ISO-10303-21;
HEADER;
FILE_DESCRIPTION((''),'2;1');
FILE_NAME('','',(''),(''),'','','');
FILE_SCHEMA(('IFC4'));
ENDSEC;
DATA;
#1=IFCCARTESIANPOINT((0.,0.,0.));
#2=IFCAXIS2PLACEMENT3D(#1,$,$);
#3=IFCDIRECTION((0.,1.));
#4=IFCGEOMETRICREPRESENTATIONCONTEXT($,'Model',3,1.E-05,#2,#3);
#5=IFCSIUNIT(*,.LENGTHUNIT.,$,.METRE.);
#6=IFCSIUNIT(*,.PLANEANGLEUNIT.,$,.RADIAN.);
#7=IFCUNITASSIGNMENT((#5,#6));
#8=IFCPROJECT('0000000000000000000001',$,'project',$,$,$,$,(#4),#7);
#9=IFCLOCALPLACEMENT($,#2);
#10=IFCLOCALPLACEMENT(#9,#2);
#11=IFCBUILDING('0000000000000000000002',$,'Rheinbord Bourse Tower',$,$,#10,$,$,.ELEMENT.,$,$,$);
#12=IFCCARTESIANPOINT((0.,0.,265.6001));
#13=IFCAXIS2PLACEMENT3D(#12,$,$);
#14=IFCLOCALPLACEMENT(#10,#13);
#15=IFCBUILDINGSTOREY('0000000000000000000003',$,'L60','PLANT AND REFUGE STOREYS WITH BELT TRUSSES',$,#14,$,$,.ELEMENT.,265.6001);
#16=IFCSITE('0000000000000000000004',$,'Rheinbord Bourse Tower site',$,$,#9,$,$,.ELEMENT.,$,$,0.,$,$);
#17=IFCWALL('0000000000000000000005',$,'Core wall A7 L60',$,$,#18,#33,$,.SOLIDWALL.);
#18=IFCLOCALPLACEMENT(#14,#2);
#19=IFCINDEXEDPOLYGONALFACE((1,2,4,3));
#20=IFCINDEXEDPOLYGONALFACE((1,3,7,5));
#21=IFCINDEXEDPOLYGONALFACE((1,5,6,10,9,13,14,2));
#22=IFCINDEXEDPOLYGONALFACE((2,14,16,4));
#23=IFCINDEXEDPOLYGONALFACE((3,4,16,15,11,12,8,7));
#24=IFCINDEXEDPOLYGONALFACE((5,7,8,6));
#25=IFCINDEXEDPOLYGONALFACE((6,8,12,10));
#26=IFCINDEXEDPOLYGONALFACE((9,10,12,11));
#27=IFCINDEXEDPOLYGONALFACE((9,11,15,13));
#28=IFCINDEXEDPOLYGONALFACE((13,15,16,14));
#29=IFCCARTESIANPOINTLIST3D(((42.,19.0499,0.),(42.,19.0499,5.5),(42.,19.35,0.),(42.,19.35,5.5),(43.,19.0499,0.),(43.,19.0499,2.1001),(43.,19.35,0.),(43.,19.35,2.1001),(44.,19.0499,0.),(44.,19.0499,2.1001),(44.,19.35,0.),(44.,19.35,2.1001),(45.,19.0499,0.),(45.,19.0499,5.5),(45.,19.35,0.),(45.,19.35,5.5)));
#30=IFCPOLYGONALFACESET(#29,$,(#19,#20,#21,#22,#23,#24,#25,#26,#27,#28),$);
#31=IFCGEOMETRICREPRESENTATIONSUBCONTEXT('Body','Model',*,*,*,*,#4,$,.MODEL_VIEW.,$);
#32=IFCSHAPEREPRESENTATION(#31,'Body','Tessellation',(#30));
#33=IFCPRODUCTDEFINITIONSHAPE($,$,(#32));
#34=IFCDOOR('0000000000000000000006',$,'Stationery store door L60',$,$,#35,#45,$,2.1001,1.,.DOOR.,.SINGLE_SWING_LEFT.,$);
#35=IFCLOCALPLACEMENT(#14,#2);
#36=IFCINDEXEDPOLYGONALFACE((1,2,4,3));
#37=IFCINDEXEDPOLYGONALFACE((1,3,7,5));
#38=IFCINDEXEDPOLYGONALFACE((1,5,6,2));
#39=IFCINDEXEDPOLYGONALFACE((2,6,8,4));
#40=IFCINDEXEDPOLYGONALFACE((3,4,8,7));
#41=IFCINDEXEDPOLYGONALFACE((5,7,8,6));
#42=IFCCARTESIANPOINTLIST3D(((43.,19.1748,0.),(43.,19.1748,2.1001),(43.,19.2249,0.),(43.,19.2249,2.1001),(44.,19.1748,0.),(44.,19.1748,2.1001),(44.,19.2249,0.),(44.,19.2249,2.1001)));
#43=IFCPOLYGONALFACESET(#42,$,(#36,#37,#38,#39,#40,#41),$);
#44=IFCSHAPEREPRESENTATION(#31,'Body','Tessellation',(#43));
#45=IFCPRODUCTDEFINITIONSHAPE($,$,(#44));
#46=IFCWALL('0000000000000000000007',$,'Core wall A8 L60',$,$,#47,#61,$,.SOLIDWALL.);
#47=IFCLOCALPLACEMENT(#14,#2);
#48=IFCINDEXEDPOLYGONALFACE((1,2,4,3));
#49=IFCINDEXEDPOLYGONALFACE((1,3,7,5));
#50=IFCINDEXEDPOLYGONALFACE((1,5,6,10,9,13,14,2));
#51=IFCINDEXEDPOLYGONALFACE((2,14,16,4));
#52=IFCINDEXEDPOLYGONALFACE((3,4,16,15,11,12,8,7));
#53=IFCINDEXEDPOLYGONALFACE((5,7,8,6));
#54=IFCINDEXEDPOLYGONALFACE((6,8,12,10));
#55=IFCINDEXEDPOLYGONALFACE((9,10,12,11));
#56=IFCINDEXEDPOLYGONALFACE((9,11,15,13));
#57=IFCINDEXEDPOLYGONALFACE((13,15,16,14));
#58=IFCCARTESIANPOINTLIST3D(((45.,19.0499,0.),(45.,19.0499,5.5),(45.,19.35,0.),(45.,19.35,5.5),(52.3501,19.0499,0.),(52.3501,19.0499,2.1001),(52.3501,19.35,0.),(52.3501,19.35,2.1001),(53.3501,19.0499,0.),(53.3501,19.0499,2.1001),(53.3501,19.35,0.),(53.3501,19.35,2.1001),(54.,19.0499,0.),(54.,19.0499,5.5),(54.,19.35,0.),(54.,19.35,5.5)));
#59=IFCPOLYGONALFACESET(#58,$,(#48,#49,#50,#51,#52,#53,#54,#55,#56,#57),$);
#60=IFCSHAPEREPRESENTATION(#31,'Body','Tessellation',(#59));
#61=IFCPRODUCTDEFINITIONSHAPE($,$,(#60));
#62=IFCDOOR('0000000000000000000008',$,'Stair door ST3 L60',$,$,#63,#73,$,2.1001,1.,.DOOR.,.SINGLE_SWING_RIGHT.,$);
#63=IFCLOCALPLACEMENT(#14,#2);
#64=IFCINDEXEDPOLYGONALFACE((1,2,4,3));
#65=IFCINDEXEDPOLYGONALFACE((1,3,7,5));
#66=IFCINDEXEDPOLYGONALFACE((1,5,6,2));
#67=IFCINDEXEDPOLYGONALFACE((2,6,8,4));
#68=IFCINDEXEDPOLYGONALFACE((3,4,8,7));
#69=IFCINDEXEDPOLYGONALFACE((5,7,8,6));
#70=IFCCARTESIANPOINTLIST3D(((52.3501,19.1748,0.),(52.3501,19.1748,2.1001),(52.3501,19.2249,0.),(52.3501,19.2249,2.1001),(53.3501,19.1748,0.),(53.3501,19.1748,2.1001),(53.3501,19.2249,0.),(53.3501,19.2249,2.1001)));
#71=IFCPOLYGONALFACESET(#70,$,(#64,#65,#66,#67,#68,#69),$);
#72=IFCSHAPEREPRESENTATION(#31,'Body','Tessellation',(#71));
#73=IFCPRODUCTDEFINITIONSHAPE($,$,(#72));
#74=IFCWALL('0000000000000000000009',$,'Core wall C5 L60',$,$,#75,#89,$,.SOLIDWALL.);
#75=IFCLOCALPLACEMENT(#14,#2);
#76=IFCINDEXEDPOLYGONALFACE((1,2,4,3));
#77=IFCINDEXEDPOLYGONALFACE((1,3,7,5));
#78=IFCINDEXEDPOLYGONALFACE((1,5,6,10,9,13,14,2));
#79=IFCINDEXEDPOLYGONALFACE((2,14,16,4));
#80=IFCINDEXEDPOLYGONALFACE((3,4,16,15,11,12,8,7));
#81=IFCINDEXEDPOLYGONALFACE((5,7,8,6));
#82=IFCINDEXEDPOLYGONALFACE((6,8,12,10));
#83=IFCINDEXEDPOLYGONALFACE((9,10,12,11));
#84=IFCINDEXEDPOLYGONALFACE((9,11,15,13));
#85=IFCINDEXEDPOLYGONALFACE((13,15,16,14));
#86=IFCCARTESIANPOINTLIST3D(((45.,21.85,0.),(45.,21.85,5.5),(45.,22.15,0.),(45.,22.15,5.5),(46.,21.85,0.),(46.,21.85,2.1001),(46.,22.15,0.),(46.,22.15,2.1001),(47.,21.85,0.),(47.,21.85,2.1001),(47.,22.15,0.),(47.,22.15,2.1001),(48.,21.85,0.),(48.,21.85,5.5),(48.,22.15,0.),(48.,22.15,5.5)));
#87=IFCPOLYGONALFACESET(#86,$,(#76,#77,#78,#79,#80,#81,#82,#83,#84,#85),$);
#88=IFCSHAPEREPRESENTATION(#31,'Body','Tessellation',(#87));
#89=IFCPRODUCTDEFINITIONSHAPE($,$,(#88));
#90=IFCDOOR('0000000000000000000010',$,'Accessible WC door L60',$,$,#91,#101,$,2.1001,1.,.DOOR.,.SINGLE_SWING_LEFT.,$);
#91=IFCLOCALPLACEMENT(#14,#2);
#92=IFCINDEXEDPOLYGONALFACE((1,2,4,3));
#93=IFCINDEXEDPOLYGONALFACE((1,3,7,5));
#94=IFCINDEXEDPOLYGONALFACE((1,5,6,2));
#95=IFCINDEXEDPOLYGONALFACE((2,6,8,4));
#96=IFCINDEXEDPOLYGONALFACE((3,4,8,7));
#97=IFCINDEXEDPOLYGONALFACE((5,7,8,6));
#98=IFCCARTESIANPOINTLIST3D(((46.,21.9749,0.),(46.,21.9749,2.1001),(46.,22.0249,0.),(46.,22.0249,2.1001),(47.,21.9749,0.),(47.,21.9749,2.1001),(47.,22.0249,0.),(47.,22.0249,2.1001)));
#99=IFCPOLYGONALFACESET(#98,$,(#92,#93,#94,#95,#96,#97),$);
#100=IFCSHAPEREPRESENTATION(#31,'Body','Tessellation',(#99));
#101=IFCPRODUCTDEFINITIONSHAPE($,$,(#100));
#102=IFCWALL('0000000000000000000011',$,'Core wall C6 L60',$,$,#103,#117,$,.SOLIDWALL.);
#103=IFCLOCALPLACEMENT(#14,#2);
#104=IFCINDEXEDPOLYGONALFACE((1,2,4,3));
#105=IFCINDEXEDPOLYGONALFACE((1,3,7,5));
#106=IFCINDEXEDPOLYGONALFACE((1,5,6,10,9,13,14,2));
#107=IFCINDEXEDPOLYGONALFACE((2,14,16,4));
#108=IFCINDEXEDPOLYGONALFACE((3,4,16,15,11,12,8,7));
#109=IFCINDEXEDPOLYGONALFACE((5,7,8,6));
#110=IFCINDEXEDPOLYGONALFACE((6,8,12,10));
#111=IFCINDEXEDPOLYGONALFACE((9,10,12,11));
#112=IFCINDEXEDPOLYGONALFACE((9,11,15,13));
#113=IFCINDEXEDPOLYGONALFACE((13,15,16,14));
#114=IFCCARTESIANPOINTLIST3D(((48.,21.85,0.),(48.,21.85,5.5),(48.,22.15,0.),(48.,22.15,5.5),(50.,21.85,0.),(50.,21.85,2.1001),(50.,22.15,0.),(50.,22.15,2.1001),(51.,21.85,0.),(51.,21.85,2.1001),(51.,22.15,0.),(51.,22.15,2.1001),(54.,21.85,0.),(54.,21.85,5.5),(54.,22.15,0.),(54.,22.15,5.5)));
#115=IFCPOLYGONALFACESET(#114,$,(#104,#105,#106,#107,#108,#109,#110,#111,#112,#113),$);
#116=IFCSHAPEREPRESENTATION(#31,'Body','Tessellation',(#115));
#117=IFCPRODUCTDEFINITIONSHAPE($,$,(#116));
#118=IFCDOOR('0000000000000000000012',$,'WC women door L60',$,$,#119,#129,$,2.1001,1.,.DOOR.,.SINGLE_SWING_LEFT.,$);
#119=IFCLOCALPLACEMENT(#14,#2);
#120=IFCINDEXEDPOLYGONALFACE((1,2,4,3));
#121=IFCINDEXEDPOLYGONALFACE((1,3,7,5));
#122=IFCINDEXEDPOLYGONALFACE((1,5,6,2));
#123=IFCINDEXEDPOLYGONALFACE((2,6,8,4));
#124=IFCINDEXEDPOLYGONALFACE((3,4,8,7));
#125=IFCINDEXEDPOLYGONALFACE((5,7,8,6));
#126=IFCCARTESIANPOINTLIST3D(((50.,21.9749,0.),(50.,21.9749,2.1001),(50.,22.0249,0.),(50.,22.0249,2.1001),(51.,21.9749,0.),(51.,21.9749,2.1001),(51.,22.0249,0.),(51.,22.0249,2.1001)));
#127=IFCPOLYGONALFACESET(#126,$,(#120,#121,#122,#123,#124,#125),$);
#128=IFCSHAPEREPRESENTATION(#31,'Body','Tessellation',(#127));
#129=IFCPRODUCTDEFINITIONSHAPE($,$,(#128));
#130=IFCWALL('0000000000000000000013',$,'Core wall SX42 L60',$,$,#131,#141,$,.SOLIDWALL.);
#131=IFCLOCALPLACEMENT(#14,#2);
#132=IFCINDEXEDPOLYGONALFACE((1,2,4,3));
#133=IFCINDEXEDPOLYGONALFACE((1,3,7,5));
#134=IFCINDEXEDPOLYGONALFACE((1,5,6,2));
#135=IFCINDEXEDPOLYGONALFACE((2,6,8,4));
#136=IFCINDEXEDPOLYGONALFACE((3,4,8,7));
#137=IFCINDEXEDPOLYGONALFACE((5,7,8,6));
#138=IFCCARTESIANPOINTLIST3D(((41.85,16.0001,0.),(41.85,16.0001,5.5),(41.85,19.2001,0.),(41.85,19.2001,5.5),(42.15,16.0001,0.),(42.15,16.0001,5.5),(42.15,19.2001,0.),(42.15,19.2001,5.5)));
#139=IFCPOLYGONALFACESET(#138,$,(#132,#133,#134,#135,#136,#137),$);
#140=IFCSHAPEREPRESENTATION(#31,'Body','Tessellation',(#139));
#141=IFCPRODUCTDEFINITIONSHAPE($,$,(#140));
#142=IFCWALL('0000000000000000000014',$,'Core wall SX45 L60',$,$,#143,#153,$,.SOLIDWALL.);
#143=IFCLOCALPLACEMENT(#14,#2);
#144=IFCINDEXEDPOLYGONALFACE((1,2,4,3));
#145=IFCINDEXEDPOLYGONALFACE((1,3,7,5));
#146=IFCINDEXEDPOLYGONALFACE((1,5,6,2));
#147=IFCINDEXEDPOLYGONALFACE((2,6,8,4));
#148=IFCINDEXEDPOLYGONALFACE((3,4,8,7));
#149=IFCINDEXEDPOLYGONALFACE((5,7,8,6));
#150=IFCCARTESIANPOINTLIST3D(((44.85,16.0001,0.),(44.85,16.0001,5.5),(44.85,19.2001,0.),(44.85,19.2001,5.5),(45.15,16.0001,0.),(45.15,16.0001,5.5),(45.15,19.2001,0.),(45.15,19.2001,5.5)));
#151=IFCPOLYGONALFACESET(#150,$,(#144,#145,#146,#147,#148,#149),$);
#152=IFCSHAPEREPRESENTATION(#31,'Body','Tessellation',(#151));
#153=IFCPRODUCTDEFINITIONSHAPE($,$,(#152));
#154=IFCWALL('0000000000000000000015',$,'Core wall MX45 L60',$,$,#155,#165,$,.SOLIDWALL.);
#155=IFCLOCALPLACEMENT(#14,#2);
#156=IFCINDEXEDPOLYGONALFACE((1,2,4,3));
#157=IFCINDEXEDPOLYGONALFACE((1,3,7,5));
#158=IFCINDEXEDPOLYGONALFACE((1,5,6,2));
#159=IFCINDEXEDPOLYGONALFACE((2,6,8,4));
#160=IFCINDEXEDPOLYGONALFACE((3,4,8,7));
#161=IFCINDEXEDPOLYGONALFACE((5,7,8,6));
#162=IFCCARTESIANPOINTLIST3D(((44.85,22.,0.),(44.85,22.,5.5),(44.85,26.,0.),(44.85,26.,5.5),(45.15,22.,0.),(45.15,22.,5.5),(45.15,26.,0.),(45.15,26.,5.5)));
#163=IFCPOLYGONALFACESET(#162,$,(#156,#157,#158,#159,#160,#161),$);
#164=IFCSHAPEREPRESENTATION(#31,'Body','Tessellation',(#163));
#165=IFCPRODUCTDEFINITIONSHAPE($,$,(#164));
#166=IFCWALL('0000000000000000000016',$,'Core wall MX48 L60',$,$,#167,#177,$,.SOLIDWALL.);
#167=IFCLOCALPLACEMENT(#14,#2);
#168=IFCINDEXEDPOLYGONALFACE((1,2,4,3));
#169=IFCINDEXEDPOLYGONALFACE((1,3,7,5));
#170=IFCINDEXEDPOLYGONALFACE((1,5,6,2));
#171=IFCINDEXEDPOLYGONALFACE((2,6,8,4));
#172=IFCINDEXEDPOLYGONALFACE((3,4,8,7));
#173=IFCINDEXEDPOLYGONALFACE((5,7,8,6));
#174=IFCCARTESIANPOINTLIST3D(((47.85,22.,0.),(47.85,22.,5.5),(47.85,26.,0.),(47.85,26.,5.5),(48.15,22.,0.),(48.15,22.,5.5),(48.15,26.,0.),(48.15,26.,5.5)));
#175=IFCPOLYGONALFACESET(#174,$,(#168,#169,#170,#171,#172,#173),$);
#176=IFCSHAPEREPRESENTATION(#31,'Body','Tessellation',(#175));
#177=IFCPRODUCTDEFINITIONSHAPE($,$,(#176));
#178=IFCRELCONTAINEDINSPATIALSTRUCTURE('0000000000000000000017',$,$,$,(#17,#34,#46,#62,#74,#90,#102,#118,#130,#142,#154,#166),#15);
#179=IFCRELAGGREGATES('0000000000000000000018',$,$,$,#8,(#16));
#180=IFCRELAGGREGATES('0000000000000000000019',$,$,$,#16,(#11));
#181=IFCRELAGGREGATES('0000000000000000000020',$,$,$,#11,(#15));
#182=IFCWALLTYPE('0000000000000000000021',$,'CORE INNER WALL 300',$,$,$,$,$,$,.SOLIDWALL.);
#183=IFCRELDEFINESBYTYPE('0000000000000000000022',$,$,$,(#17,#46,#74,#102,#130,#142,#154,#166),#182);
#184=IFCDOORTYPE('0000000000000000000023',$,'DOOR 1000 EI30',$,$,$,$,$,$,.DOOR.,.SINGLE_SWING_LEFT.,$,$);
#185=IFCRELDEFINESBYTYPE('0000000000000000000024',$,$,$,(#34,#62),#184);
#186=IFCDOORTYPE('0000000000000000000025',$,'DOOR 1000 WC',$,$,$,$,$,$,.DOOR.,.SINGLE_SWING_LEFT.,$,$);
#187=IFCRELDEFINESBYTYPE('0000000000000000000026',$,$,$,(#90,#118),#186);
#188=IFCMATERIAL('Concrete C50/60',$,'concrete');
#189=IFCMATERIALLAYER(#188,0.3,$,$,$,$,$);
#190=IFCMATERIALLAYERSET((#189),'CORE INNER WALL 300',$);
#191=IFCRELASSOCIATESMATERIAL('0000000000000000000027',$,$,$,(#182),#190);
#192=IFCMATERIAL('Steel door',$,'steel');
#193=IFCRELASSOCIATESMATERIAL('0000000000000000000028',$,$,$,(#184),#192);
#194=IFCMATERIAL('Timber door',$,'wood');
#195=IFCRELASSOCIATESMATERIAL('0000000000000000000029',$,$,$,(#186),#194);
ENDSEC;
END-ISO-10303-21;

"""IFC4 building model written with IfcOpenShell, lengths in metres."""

from ifc_helpers import new_model, si_unit, direction, frame, frame_2d, origin, place, context, subcontext, project, spatial, rectangle, extrude, material, layer, layer_set, type_object, element, fill, save


model = new_model("IFC4")

# Units and contexts
model_context = context("Model", 3, precision=1e-05, world=origin(), true_north=direction((0.0, 1.0)))
body_context = subcontext(model_context, "Body", "Model", "MODEL_VIEW")
ifc_project = project(units=[si_unit("LENGTHUNIT", "METRE"), si_unit("PLANEANGLEUNIT", "RADIAN")], contexts=[model_context])

# Site, building, storey
site_placement = place(None, origin())
site = spatial("IfcSite", under=ifc_project, at=site_placement, Name="Rheinbord Bourse Tower site", CompositionType="ELEMENT", RefElevation=0.0)
building_placement = place(site_placement, origin())
building = spatial("IfcBuilding", under=site, at=building_placement, Name="Rheinbord Bourse Tower", CompositionType="ELEMENT")
storey_placement = place(building_placement, frame((0.0, 0.0, 265.6001)))
storey = spatial("IfcBuildingStorey", under=building, at=storey_placement, Name="L60", Description="PLANT AND REFUGE STOREYS WITH BELT TRUSSES", CompositionType="ELEMENT", Elevation=265.6001)

# Walls, openings, doors
ifc_material_1 = material(Name="Concrete C50/60", Category="concrete")
ifc_layer_1 = layer(ifc_material_1, 0.3)
ifc_layer_set_1 = layer_set([ifc_layer_1], Name="CORE INNER WALL 300")
wall_type_1 = type_object("IfcWallType", Name="CORE INNER WALL 300", PredefinedType="SOLIDWALL", material=ifc_layer_set_1)
wall_1_placement = place(storey_placement, frame((42.0, 19.2, 0.0), z_axis=(0.0, 0.0, 1.0), x_axis=(1.0, 0.0, 0.0)))
wall_1 = element("IfcWall", 1, at=wall_1_placement, inside=storey, type_object=wall_type_1, Name="Core wall A7 L60", PredefinedType="SOLIDWALL", context=body_context, shape_type="SweptSolid", body=[
    extrude(rectangle(XDim=3.0, YDim=0.3, at=frame_2d((1.5, 0.0))), origin(), (0.0, 0.0, 1.0), 5.5),
])
opening_1_placement = place(wall_1_placement, frame((1.0, 0.0, 0.0)))
opening_1 = element("IfcOpeningElement", 2, at=opening_1_placement, cuts=wall_1, PredefinedType="OPENING", context=body_context, shape_type="SweptSolid", body=[
    extrude(rectangle(XDim=1.0, YDim=2.1001, at=frame_2d((0.5, 1.05))), frame((0.0, 0.1599, 0.0), z_axis=(0.0, -1.0, 0.0), x_axis=(1.0, 0.0, 0.0)), (0.0, 0.0, 1.0), 0.3201),
])
ifc_material_2 = material(Name="Steel door", Category="steel")
door_type_1 = type_object("IfcDoorType", Name="DOOR 1000 EI30", OperationType="SINGLE_SWING_LEFT", PredefinedType="DOOR", material=ifc_material_2)
door_1_placement = place(opening_1_placement, origin())
door_1 = element("IfcDoor", 3, at=door_1_placement, inside=storey, type_object=door_type_1, Name="Stationery store door L60", OperationType="SINGLE_SWING_LEFT", OverallHeight=2.1001, OverallWidth=1.0, PredefinedType="DOOR", context=body_context, shape_type="SweptSolid", body=[
    extrude(rectangle(XDim=1.0, YDim=2.1001, at=frame_2d((0.5, 1.05))), frame((0.0, 0.0249, 0.0), z_axis=(0.0, -1.0, 0.0), x_axis=(1.0, 0.0, 0.0)), (0.0, 0.0, 1.0), 0.05),
])
fill(opening_1, door_1)
wall_2_placement = place(storey_placement, frame((45.0, 19.2, 0.0), z_axis=(0.0, 0.0, 1.0), x_axis=(1.0, 0.0, 0.0)))
wall_2 = element("IfcWall", 4, at=wall_2_placement, inside=storey, type_object=wall_type_1, Name="Core wall A8 L60", PredefinedType="SOLIDWALL", context=body_context, shape_type="SweptSolid", body=[
    extrude(rectangle(XDim=9.0, YDim=0.3, at=frame_2d((4.5, 0.0))), origin(), (0.0, 0.0, 1.0), 5.5),
])
opening_2_placement = place(wall_2_placement, frame((7.3501, 0.0, 0.0)))
opening_2 = element("IfcOpeningElement", 5, at=opening_2_placement, cuts=wall_2, PredefinedType="OPENING", context=body_context, shape_type="SweptSolid", body=[
    extrude(rectangle(XDim=1.0, YDim=2.1001, at=frame_2d((0.5, 1.05))), frame((0.0, 0.1599, 0.0), z_axis=(0.0, -1.0, 0.0), x_axis=(1.0, 0.0, 0.0)), (0.0, 0.0, 1.0), 0.3201),
])
door_2_placement = place(opening_2_placement, origin())
door_2 = element("IfcDoor", 6, at=door_2_placement, inside=storey, type_object=door_type_1, Name="Stair door ST3 L60", OperationType="SINGLE_SWING_RIGHT", OverallHeight=2.1001, OverallWidth=1.0, PredefinedType="DOOR", context=body_context, shape_type="SweptSolid", body=[
    extrude(rectangle(XDim=1.0, YDim=2.1001, at=frame_2d((0.5, 1.05))), frame((0.0, 0.0249, 0.0), z_axis=(0.0, -1.0, 0.0), x_axis=(1.0, 0.0, 0.0)), (0.0, 0.0, 1.0), 0.05),
])
fill(opening_2, door_2)
wall_3_placement = place(storey_placement, frame((45.0, 22.0, 0.0), z_axis=(0.0, 0.0, 1.0), x_axis=(1.0, 0.0, 0.0)))
wall_3 = element("IfcWall", 7, at=wall_3_placement, inside=storey, type_object=wall_type_1, Name="Core wall C5 L60", PredefinedType="SOLIDWALL", context=body_context, shape_type="SweptSolid", body=[
    extrude(rectangle(XDim=3.0, YDim=0.3, at=frame_2d((1.5, 0.0))), origin(), (0.0, 0.0, 1.0), 5.5),
])
opening_3_placement = place(wall_3_placement, frame((1.0, 0.0, 0.0)))
opening_3 = element("IfcOpeningElement", 8, at=opening_3_placement, cuts=wall_3, PredefinedType="OPENING", context=body_context, shape_type="SweptSolid", body=[
    extrude(rectangle(XDim=1.0, YDim=2.1001, at=frame_2d((0.5, 1.05))), frame((0.0, 0.1599, 0.0), z_axis=(0.0, -1.0, 0.0), x_axis=(1.0, 0.0, 0.0)), (0.0, 0.0, 1.0), 0.3201),
])
ifc_material_3 = material(Name="Timber door", Category="wood")
door_type_2 = type_object("IfcDoorType", Name="DOOR 1000 WC", OperationType="SINGLE_SWING_LEFT", PredefinedType="DOOR", material=ifc_material_3)
door_3_placement = place(opening_3_placement, origin())
door_3 = element("IfcDoor", 9, at=door_3_placement, inside=storey, type_object=door_type_2, Name="Accessible WC door L60", OperationType="SINGLE_SWING_LEFT", OverallHeight=2.1001, OverallWidth=1.0, PredefinedType="DOOR", context=body_context, shape_type="SweptSolid", body=[
    extrude(rectangle(XDim=1.0, YDim=2.1001, at=frame_2d((0.5, 1.05))), frame((0.0, 0.0249, 0.0), z_axis=(0.0, -1.0, 0.0), x_axis=(1.0, 0.0, 0.0)), (0.0, 0.0, 1.0), 0.05),
])
fill(opening_3, door_3)
wall_4_placement = place(storey_placement, frame((48.0, 22.0, 0.0), z_axis=(0.0, 0.0, 1.0), x_axis=(1.0, 0.0, 0.0)))
wall_4 = element("IfcWall", 10, at=wall_4_placement, inside=storey, type_object=wall_type_1, Name="Core wall C6 L60", PredefinedType="SOLIDWALL", context=body_context, shape_type="SweptSolid", body=[
    extrude(rectangle(XDim=6.0, YDim=0.3, at=frame_2d((3.0, 0.0))), origin(), (0.0, 0.0, 1.0), 5.5),
])
opening_4_placement = place(wall_4_placement, frame((2.0, 0.0, 0.0)))
opening_4 = element("IfcOpeningElement", 11, at=opening_4_placement, cuts=wall_4, PredefinedType="OPENING", context=body_context, shape_type="SweptSolid", body=[
    extrude(rectangle(XDim=1.0, YDim=2.1001, at=frame_2d((0.5, 1.05))), frame((0.0, 0.1599, 0.0), z_axis=(0.0, -1.0, 0.0), x_axis=(1.0, 0.0, 0.0)), (0.0, 0.0, 1.0), 0.3201),
])
door_4_placement = place(opening_4_placement, origin())
door_4 = element("IfcDoor", 12, at=door_4_placement, inside=storey, type_object=door_type_2, Name="WC women door L60", OperationType="SINGLE_SWING_LEFT", OverallHeight=2.1001, OverallWidth=1.0, PredefinedType="DOOR", context=body_context, shape_type="SweptSolid", body=[
    extrude(rectangle(XDim=1.0, YDim=2.1001, at=frame_2d((0.5, 1.05))), frame((0.0, 0.0249, 0.0), z_axis=(0.0, -1.0, 0.0), x_axis=(1.0, 0.0, 0.0)), (0.0, 0.0, 1.0), 0.05),
])
fill(opening_4, door_4)

# Walls
for number, where, z_axis, x_axis, name in (
    (13, (42.0, 16.0, 0.0), (0.0, 0.0, 1.0), (0.0, 1.0, 0.0), "Core wall SX42 L60"),
    (14, (45.0, 16.0, 0.0), (0.0, 0.0, 1.0), (0.0, 1.0, 0.0), "Core wall SX45 L60"),
):
    element("IfcWall", number, at=place(storey_placement, frame(where, z_axis=z_axis, x_axis=x_axis)), inside=storey, type_object=wall_type_1, Name=name, PredefinedType="SOLIDWALL", context=body_context, shape_type="SweptSolid", body=[
        extrude(rectangle(XDim=3.2, YDim=0.3, at=frame_2d((1.6001, 0.0))), origin(), (0.0, 0.0, 1.0), 5.5),
    ])
for number, where, z_axis, x_axis, name in (
    (15, (45.0, 22.0, 0.0), (0.0, 0.0, 1.0), (0.0, 1.0, 0.0), "Core wall MX45 L60"),
    (16, (48.0, 22.0, 0.0), (0.0, 0.0, 1.0), (0.0, 1.0, 0.0), "Core wall MX48 L60"),
):
    element("IfcWall", number, at=place(storey_placement, frame(where, z_axis=z_axis, x_axis=x_axis)), inside=storey, type_object=wall_type_1, Name=name, PredefinedType="SOLIDWALL", context=body_context, shape_type="SweptSolid", body=[
        extrude(rectangle(XDim=4.0, YDim=0.3, at=frame_2d((2.0, 0.0))), origin(), (0.0, 0.0, 1.0), 5.5),
    ])

save(model, "model.ifc")
